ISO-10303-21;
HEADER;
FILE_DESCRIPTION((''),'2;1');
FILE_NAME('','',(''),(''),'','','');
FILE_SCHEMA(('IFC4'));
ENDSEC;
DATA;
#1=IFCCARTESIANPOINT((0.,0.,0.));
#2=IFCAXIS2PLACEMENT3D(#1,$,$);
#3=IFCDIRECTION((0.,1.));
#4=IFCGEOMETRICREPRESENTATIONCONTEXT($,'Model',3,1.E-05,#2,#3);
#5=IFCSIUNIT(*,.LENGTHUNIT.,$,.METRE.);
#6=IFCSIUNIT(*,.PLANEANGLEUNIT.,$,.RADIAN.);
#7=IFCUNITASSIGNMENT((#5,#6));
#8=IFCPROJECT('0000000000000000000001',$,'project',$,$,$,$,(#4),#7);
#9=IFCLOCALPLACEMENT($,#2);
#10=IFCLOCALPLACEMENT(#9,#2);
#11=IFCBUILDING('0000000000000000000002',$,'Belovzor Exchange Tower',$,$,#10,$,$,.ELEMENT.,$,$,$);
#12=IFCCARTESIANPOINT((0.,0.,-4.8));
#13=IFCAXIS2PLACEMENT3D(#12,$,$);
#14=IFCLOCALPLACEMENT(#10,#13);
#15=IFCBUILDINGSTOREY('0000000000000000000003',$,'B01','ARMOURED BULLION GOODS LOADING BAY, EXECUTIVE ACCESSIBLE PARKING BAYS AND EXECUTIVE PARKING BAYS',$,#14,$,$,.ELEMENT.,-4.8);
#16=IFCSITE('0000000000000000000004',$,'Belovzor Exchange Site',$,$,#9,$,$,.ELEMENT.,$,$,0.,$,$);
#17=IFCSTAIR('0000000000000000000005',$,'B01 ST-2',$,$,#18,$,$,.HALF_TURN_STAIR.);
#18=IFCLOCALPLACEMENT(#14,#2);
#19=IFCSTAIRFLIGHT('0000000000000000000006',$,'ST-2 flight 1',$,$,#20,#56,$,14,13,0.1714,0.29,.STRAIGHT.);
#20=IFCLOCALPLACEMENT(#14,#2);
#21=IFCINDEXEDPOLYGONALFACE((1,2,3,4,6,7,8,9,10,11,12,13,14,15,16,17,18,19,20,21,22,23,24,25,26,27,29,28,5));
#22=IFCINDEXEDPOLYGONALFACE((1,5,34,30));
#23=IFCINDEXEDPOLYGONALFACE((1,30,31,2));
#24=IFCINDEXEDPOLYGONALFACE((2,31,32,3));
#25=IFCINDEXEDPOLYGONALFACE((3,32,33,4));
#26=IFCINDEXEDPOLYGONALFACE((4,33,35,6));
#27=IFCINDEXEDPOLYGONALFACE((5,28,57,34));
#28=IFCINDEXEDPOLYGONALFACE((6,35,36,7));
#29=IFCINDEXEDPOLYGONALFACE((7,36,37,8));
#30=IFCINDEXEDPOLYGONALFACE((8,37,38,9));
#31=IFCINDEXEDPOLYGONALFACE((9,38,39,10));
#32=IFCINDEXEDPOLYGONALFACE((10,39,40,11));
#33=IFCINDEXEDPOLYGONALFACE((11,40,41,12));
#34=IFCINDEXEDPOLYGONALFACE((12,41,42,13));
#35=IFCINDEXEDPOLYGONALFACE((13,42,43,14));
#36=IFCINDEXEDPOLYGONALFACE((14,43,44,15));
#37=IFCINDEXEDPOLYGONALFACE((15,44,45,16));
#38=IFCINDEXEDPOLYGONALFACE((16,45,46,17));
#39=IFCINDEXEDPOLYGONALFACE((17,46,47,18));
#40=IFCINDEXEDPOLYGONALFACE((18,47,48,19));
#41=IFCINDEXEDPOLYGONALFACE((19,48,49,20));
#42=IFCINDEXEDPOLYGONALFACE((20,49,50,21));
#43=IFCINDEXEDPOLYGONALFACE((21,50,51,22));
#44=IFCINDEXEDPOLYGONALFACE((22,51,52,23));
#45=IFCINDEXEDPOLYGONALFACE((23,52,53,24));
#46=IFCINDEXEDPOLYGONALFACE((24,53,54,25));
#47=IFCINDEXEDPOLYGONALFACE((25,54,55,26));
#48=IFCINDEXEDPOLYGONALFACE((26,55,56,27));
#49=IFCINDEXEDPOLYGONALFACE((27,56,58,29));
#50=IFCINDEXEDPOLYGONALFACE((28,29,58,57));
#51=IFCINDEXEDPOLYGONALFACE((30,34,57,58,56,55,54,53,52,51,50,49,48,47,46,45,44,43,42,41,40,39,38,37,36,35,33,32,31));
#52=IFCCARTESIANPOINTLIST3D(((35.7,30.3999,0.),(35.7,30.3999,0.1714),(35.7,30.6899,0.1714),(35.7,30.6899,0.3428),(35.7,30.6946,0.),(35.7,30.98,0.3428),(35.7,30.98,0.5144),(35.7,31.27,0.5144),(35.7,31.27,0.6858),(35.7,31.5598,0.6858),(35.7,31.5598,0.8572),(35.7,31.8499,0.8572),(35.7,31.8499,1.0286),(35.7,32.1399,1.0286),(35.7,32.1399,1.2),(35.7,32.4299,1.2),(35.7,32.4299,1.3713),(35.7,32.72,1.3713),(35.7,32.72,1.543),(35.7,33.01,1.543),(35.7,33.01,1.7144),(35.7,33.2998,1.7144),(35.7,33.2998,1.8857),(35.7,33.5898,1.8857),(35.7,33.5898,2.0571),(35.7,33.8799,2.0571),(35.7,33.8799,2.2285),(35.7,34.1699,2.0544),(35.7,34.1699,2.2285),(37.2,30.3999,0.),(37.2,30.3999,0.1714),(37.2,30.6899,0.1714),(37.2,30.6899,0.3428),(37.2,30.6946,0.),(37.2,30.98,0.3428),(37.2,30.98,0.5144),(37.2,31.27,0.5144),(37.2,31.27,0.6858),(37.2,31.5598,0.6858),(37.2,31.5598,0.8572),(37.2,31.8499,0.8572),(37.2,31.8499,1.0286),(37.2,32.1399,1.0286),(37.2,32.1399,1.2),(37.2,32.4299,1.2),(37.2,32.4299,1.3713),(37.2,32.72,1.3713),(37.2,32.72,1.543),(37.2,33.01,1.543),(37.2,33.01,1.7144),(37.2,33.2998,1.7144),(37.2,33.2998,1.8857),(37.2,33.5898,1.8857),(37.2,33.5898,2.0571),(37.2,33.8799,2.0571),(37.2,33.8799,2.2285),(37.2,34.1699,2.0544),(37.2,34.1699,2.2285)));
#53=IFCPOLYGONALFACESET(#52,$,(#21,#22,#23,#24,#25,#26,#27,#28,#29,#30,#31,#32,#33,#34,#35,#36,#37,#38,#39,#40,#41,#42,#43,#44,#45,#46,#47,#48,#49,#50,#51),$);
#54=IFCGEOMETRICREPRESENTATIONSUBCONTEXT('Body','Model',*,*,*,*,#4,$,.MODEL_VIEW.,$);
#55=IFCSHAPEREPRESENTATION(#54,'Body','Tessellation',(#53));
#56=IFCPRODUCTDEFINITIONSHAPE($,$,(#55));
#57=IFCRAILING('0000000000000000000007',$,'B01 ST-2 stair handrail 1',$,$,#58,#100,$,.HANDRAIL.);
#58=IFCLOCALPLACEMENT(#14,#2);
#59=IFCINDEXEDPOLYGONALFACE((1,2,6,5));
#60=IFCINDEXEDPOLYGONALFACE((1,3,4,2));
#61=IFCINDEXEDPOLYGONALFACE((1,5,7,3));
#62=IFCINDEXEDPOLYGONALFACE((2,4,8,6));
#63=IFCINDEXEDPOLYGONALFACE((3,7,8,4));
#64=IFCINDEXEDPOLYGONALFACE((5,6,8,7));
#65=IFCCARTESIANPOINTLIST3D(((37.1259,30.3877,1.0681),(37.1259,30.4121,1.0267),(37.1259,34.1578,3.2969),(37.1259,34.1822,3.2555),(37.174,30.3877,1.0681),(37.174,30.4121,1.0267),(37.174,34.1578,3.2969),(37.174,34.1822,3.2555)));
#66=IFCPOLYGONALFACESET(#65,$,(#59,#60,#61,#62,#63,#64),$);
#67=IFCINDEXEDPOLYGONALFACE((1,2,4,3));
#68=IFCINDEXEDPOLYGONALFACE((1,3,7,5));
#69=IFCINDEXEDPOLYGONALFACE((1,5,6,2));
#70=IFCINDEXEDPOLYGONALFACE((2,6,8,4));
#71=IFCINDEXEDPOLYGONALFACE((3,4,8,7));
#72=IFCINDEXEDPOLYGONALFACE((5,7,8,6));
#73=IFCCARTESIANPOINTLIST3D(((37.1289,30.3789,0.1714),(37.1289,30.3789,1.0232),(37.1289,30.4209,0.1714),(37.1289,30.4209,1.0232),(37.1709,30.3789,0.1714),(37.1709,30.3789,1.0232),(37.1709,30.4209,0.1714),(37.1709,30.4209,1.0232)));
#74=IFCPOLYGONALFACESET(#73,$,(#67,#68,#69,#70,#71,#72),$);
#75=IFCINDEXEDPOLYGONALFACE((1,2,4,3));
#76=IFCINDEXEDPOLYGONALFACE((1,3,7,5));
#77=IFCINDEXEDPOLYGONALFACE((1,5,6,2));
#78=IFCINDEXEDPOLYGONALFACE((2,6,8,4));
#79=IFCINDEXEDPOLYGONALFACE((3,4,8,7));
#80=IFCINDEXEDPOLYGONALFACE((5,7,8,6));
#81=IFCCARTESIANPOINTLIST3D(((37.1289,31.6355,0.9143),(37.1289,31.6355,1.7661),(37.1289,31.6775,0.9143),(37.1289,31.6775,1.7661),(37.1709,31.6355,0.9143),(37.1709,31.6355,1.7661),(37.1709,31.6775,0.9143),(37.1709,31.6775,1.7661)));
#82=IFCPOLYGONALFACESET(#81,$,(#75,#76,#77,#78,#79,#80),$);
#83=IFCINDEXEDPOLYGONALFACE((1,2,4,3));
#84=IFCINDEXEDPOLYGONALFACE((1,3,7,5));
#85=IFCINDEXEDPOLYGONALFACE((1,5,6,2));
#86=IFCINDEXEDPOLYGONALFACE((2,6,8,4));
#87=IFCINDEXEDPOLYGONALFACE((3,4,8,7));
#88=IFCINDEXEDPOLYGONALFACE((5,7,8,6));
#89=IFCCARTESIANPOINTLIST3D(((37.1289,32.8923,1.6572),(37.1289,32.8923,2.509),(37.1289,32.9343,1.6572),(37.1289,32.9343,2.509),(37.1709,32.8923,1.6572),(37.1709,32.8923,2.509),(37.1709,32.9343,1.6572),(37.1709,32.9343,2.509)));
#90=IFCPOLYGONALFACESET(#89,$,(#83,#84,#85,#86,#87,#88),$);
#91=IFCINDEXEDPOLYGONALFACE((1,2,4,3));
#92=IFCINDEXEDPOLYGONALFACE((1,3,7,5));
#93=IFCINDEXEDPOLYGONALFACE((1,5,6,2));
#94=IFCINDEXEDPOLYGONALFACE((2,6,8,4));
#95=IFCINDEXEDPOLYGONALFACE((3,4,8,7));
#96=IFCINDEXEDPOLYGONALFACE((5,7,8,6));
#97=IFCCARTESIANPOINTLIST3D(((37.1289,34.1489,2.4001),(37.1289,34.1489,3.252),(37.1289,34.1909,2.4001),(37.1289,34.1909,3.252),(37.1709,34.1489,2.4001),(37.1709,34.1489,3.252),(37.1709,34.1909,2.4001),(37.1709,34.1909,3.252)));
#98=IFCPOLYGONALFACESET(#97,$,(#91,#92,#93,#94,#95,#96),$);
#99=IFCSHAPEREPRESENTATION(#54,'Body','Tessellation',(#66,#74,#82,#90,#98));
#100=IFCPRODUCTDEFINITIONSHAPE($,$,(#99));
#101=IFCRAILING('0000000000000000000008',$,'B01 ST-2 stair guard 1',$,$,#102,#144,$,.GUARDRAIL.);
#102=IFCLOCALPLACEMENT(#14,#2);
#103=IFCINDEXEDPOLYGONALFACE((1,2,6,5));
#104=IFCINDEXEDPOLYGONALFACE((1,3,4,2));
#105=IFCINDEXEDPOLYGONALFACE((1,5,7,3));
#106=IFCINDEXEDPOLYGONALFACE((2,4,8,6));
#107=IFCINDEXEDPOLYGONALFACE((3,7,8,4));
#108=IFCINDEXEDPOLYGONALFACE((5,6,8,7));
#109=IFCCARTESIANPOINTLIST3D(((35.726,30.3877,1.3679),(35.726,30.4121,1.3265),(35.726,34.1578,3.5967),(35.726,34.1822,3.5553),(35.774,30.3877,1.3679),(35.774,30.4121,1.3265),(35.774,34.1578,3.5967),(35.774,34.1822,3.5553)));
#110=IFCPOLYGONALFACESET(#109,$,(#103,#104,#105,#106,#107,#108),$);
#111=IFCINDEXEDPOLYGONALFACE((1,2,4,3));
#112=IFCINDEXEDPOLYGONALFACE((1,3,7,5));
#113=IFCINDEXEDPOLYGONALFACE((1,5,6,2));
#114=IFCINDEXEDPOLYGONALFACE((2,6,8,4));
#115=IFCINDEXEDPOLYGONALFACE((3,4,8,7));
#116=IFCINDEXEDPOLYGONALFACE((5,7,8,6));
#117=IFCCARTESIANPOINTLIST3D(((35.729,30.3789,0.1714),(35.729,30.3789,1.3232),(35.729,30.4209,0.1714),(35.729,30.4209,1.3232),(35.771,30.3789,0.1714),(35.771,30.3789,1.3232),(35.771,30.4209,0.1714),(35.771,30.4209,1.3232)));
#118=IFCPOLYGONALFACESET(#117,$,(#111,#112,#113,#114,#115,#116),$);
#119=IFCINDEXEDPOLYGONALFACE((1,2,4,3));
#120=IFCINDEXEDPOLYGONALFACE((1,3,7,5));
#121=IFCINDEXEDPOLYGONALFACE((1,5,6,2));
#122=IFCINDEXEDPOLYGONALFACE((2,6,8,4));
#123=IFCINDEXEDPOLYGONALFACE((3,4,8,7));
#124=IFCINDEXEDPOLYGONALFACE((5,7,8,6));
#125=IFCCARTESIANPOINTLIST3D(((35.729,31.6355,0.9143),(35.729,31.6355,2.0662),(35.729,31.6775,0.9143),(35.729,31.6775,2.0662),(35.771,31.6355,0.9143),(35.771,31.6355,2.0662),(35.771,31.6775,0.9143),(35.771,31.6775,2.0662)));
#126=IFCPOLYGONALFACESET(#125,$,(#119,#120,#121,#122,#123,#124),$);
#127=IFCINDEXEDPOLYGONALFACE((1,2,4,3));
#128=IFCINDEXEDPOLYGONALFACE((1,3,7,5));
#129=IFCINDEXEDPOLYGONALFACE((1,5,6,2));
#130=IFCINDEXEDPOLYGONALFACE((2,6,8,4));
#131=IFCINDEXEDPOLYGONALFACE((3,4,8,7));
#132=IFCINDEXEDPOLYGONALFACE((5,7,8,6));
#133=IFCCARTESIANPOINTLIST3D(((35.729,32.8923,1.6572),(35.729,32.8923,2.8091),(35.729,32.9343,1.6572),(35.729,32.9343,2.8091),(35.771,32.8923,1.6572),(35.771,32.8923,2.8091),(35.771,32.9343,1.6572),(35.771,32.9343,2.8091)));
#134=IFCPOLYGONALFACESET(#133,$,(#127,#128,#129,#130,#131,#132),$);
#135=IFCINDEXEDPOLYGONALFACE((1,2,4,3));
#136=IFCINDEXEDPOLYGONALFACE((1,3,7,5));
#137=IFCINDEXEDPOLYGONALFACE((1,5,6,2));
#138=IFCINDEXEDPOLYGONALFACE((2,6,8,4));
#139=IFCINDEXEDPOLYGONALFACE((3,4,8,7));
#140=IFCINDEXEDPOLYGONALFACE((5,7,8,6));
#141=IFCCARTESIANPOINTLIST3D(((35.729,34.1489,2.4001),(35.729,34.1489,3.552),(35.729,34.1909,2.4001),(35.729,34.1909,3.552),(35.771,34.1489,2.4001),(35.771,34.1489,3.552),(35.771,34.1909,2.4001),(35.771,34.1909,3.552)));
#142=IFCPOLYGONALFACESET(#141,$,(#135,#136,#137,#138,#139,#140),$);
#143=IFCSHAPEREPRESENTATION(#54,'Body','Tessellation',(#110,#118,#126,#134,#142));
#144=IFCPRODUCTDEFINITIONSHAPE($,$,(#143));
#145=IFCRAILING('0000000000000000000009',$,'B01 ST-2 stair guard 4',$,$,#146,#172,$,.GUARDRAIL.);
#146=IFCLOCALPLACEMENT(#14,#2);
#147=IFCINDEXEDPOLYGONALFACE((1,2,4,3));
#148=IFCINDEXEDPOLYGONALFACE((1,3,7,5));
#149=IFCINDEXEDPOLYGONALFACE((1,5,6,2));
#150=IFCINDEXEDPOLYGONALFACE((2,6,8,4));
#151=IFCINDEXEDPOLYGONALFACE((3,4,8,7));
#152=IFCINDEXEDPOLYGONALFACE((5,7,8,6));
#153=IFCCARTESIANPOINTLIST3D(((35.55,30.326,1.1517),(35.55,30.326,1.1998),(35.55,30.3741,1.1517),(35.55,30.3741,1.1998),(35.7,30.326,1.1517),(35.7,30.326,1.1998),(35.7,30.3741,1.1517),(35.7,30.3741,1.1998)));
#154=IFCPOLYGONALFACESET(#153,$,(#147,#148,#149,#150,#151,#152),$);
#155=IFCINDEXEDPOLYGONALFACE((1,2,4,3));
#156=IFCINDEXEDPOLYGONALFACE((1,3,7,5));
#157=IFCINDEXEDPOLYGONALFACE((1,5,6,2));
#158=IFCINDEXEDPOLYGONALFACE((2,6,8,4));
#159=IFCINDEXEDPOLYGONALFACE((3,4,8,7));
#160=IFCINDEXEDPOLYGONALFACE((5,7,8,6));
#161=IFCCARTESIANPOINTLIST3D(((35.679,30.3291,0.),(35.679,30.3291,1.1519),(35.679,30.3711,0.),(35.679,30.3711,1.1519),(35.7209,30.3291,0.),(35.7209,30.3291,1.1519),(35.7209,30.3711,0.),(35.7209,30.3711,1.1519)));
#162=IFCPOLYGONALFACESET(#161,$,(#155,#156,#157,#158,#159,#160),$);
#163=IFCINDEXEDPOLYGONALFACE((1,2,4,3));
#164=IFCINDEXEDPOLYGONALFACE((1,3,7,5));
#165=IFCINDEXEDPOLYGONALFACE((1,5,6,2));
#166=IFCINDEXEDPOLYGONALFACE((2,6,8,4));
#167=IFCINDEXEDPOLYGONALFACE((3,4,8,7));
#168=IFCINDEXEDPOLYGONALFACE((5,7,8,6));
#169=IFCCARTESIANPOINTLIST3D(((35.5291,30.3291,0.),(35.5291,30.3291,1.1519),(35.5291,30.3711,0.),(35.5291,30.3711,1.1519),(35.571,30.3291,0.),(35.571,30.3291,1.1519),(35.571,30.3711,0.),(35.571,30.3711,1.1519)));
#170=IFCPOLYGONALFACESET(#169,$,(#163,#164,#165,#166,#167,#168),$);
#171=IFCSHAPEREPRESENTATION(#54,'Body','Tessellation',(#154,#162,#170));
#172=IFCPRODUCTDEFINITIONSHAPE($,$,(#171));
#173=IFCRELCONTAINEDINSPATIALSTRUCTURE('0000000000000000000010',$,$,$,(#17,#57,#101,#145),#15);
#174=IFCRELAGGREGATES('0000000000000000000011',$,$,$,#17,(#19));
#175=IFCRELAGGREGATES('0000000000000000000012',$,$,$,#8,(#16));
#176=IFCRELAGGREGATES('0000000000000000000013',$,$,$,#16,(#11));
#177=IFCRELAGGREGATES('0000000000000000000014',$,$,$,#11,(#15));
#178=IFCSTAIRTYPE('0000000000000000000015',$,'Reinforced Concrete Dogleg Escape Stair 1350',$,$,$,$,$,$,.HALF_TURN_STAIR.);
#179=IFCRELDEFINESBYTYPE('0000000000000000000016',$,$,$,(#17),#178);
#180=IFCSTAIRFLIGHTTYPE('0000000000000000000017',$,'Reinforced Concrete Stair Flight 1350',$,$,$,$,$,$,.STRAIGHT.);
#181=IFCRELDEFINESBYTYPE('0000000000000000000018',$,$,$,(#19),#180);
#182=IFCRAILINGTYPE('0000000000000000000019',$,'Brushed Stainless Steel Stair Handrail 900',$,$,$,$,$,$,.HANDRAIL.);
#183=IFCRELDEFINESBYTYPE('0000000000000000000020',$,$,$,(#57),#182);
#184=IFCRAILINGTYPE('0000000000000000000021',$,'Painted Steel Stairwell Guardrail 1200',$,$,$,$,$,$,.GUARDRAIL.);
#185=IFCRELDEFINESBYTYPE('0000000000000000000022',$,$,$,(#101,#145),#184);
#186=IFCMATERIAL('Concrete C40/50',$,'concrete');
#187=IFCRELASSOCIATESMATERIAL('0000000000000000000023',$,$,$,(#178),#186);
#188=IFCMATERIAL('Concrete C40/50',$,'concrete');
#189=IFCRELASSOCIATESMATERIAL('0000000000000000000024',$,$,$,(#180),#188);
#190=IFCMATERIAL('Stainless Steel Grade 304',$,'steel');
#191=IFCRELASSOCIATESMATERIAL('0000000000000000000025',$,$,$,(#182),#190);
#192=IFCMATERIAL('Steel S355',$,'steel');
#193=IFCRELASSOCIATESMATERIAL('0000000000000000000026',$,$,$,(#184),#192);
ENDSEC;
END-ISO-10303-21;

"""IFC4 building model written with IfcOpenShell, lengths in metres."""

from ifc_helpers import new_model, si_unit, direction, frame, origin, origin_2d, place, context, subcontext, project, spatial, polyline, rectangle, outline, extrude, material, type_object, element, aggregate, save


model = new_model("IFC4")

# Units and contexts
model_context = context("Model", 3, precision=1e-05, world=origin(), true_north=direction((0.0, 1.0)))
body_context = subcontext(model_context, "Body", "Model", "MODEL_VIEW")
ifc_project = project(units=[si_unit("LENGTHUNIT", "METRE"), si_unit("PLANEANGLEUNIT", "RADIAN")], contexts=[model_context])

# Site, building, storey
site_placement = place(None, origin())
site = spatial("IfcSite", under=ifc_project, at=site_placement, Name="Belovzor Exchange Site", CompositionType="ELEMENT", RefElevation=0.0)
building_placement = place(site_placement, origin())
building = spatial("IfcBuilding", under=site, at=building_placement, Name="Belovzor Exchange Tower", CompositionType="ELEMENT")
storey_placement = place(building_placement, frame((0.0, 0.0, -4.8)))
storey = spatial("IfcBuildingStorey", under=building, at=storey_placement, Name="B01", Description="ARMOURED BULLION GOODS LOADING BAY, EXECUTIVE ACCESSIBLE PARKING BAYS AND EXECUTIVE PARKING BAYS", CompositionType="ELEMENT", Elevation=-4.8)

# Stair, stair flight
ifc_material_1 = material(Name="Concrete C40/50", Category="concrete")
stair_type = type_object("IfcStairType", Name="Reinforced Concrete Dogleg Escape Stair 1350", PredefinedType="HALF_TURN_STAIR", material=ifc_material_1)
stair_placement = place(storey_placement, origin())
stair = element("IfcStair", 1, at=stair_placement, inside=storey, type_object=stair_type, Name="B01 ST-2", PredefinedType="HALF_TURN_STAIR")
ifc_material_2 = material(Name="Concrete C40/50", Category="concrete")
stair_flight_type = type_object("IfcStairFlightType", Name="Reinforced Concrete Stair Flight 1350", PredefinedType="STRAIGHT", material=ifc_material_2)
stair_flight_placement = place(storey_placement, frame((36.45, 30.3999, 0.0), z_axis=(0.0, 0.0, 1.0), x_axis=(0.0, 1.0, 0.0)))
stair_flight = element("IfcStairFlight", 2, at=stair_flight_placement, type_object=stair_flight_type, Name="ST-2 flight 1", NumberOfRisers=14, NumberOfTreads=13, PredefinedType="STRAIGHT", RiserHeight=0.1714, TreadLength=0.29, context=body_context, shape_type="SweptSolid", body=[
    extrude(outline(polyline([(0.0, 0.0), (0.0, 0.1714), (0.29, 0.1714), (0.29, 0.3428), (0.5801, 0.3428), (0.5801, 0.5144), (0.8701, 0.5144), (0.8701, 0.6858), (1.1599, 0.6858), (1.1599, 0.8572), (1.45, 0.8572), (1.45, 1.0286), (1.74, 1.0286), (1.74, 1.2), (2.03, 1.2), (2.03, 1.3713), (2.3201, 1.3713), (2.3201, 1.543), (2.6101, 1.543), (2.6101, 1.7144), (2.8999, 1.7144), (2.8999, 1.8857), (3.1899, 1.8857), (3.1899, 2.0571), (3.48, 2.0571), (3.48, 2.2285), (3.77, 2.2285), (3.77, 2.3999), (3.77, 2.0544), (0.2947, 0.0), (0.0, 0.0)])), frame((0.0, 0.75, 0.0), z_axis=(0.0, -1.0, 0.0), x_axis=(1.0, 0.0, 0.0)), (0.0, 0.0, 1.0), 1.5),
])
aggregate(stair, [stair_flight])

# Railings
ifc_material_3 = material(Name="Stainless Steel Grade 304", Category="steel")
railing_type_1 = type_object("IfcRailingType", Name="Brushed Stainless Steel Stair Handrail 900", PredefinedType="HANDRAIL", material=ifc_material_3)
railing_1_placement = place(storey_placement, frame((37.1499, 30.3999, 0.1714)))
element("IfcRailing", 3, at=railing_1_placement, inside=storey, type_object=railing_type_1, Name="B01 ST-2 stair handrail 1", PredefinedType="HANDRAIL", context=body_context, shape_type="SweptSolid", body=[
    extrude(rectangle(XDim=0.0481, YDim=0.0481, at=origin_2d()), frame((0.0, 0.0, 0.876), z_axis=(0.0, 0.860824, 0.508902), x_axis=(-1.0, 0.0, 0.0)), (0.0, 0.0, 1.0), 4.3796),
    extrude(rectangle(XDim=0.042, YDim=0.042, at=origin_2d()), origin(), (0.0, 0.0, 1.0), 0.8518),
    extrude(rectangle(XDim=0.042, YDim=0.042, at=origin_2d()), frame((0.0, 1.2566, 0.7429)), (0.0, 0.0, 1.0), 0.8518),
    extrude(rectangle(XDim=0.042, YDim=0.042, at=origin_2d()), frame((0.0, 2.5134, 1.4858)), (0.0, 0.0, 1.0), 0.8518),
    extrude(rectangle(XDim=0.042, YDim=0.042, at=origin_2d()), frame((0.0, 3.77, 2.2288)), (0.0, 0.0, 1.0), 0.8518),
])
ifc_material_4 = material(Name="Steel S355", Category="steel")
railing_type_2 = type_object("IfcRailingType", Name="Painted Steel Stairwell Guardrail 1200", PredefinedType="GUARDRAIL", material=ifc_material_4)
railing_2_placement = place(storey_placement, frame((35.75, 30.3999, 0.1714)))
element("IfcRailing", 4, at=railing_2_placement, inside=storey, type_object=railing_type_2, Name="B01 ST-2 stair guard 1", PredefinedType="GUARDRAIL", context=body_context, shape_type="SweptSolid", body=[
    extrude(rectangle(XDim=0.0481, YDim=0.0481, at=origin_2d()), frame((0.0, 0.0, 1.1758), z_axis=(0.0, 0.860824, 0.508902), x_axis=(-1.0, 0.0, 0.0)), (0.0, 0.0, 1.0), 4.3796),
    extrude(rectangle(XDim=0.042, YDim=0.042, at=origin_2d()), origin(), (0.0, 0.0, 1.0), 1.1519),
    extrude(rectangle(XDim=0.042, YDim=0.042, at=origin_2d()), frame((0.0, 1.2566, 0.7429)), (0.0, 0.0, 1.0), 1.1519),
    extrude(rectangle(XDim=0.042, YDim=0.042, at=origin_2d()), frame((0.0, 2.5134, 1.4858)), (0.0, 0.0, 1.0), 1.1519),
    extrude(rectangle(XDim=0.042, YDim=0.042, at=origin_2d()), frame((0.0, 3.77, 2.2288)), (0.0, 0.0, 1.0), 1.1519),
])
railing_3_placement = place(storey_placement, frame((35.7, 30.3501, 0.0)))
element("IfcRailing", 5, at=railing_3_placement, inside=storey, type_object=railing_type_2, Name="B01 ST-2 stair guard 4", PredefinedType="GUARDRAIL", context=body_context, shape_type="SweptSolid", body=[
    extrude(rectangle(XDim=0.0481, YDim=0.0481, at=origin_2d()), frame((0.0, 0.0, 1.1758), z_axis=(-1.0, 0.0, 0.0), x_axis=(0.0, -1.0, 0.0)), (0.0, 0.0, 1.0), 0.1499),
    extrude(rectangle(XDim=0.042, YDim=0.042, at=origin_2d()), origin(), (0.0, 0.0, 1.0), 1.1519),
    extrude(rectangle(XDim=0.042, YDim=0.042, at=origin_2d()), frame((-0.1499, 0.0, 0.0)), (0.0, 0.0, 1.0), 1.1519),
])

save(model, "model.ifc")
